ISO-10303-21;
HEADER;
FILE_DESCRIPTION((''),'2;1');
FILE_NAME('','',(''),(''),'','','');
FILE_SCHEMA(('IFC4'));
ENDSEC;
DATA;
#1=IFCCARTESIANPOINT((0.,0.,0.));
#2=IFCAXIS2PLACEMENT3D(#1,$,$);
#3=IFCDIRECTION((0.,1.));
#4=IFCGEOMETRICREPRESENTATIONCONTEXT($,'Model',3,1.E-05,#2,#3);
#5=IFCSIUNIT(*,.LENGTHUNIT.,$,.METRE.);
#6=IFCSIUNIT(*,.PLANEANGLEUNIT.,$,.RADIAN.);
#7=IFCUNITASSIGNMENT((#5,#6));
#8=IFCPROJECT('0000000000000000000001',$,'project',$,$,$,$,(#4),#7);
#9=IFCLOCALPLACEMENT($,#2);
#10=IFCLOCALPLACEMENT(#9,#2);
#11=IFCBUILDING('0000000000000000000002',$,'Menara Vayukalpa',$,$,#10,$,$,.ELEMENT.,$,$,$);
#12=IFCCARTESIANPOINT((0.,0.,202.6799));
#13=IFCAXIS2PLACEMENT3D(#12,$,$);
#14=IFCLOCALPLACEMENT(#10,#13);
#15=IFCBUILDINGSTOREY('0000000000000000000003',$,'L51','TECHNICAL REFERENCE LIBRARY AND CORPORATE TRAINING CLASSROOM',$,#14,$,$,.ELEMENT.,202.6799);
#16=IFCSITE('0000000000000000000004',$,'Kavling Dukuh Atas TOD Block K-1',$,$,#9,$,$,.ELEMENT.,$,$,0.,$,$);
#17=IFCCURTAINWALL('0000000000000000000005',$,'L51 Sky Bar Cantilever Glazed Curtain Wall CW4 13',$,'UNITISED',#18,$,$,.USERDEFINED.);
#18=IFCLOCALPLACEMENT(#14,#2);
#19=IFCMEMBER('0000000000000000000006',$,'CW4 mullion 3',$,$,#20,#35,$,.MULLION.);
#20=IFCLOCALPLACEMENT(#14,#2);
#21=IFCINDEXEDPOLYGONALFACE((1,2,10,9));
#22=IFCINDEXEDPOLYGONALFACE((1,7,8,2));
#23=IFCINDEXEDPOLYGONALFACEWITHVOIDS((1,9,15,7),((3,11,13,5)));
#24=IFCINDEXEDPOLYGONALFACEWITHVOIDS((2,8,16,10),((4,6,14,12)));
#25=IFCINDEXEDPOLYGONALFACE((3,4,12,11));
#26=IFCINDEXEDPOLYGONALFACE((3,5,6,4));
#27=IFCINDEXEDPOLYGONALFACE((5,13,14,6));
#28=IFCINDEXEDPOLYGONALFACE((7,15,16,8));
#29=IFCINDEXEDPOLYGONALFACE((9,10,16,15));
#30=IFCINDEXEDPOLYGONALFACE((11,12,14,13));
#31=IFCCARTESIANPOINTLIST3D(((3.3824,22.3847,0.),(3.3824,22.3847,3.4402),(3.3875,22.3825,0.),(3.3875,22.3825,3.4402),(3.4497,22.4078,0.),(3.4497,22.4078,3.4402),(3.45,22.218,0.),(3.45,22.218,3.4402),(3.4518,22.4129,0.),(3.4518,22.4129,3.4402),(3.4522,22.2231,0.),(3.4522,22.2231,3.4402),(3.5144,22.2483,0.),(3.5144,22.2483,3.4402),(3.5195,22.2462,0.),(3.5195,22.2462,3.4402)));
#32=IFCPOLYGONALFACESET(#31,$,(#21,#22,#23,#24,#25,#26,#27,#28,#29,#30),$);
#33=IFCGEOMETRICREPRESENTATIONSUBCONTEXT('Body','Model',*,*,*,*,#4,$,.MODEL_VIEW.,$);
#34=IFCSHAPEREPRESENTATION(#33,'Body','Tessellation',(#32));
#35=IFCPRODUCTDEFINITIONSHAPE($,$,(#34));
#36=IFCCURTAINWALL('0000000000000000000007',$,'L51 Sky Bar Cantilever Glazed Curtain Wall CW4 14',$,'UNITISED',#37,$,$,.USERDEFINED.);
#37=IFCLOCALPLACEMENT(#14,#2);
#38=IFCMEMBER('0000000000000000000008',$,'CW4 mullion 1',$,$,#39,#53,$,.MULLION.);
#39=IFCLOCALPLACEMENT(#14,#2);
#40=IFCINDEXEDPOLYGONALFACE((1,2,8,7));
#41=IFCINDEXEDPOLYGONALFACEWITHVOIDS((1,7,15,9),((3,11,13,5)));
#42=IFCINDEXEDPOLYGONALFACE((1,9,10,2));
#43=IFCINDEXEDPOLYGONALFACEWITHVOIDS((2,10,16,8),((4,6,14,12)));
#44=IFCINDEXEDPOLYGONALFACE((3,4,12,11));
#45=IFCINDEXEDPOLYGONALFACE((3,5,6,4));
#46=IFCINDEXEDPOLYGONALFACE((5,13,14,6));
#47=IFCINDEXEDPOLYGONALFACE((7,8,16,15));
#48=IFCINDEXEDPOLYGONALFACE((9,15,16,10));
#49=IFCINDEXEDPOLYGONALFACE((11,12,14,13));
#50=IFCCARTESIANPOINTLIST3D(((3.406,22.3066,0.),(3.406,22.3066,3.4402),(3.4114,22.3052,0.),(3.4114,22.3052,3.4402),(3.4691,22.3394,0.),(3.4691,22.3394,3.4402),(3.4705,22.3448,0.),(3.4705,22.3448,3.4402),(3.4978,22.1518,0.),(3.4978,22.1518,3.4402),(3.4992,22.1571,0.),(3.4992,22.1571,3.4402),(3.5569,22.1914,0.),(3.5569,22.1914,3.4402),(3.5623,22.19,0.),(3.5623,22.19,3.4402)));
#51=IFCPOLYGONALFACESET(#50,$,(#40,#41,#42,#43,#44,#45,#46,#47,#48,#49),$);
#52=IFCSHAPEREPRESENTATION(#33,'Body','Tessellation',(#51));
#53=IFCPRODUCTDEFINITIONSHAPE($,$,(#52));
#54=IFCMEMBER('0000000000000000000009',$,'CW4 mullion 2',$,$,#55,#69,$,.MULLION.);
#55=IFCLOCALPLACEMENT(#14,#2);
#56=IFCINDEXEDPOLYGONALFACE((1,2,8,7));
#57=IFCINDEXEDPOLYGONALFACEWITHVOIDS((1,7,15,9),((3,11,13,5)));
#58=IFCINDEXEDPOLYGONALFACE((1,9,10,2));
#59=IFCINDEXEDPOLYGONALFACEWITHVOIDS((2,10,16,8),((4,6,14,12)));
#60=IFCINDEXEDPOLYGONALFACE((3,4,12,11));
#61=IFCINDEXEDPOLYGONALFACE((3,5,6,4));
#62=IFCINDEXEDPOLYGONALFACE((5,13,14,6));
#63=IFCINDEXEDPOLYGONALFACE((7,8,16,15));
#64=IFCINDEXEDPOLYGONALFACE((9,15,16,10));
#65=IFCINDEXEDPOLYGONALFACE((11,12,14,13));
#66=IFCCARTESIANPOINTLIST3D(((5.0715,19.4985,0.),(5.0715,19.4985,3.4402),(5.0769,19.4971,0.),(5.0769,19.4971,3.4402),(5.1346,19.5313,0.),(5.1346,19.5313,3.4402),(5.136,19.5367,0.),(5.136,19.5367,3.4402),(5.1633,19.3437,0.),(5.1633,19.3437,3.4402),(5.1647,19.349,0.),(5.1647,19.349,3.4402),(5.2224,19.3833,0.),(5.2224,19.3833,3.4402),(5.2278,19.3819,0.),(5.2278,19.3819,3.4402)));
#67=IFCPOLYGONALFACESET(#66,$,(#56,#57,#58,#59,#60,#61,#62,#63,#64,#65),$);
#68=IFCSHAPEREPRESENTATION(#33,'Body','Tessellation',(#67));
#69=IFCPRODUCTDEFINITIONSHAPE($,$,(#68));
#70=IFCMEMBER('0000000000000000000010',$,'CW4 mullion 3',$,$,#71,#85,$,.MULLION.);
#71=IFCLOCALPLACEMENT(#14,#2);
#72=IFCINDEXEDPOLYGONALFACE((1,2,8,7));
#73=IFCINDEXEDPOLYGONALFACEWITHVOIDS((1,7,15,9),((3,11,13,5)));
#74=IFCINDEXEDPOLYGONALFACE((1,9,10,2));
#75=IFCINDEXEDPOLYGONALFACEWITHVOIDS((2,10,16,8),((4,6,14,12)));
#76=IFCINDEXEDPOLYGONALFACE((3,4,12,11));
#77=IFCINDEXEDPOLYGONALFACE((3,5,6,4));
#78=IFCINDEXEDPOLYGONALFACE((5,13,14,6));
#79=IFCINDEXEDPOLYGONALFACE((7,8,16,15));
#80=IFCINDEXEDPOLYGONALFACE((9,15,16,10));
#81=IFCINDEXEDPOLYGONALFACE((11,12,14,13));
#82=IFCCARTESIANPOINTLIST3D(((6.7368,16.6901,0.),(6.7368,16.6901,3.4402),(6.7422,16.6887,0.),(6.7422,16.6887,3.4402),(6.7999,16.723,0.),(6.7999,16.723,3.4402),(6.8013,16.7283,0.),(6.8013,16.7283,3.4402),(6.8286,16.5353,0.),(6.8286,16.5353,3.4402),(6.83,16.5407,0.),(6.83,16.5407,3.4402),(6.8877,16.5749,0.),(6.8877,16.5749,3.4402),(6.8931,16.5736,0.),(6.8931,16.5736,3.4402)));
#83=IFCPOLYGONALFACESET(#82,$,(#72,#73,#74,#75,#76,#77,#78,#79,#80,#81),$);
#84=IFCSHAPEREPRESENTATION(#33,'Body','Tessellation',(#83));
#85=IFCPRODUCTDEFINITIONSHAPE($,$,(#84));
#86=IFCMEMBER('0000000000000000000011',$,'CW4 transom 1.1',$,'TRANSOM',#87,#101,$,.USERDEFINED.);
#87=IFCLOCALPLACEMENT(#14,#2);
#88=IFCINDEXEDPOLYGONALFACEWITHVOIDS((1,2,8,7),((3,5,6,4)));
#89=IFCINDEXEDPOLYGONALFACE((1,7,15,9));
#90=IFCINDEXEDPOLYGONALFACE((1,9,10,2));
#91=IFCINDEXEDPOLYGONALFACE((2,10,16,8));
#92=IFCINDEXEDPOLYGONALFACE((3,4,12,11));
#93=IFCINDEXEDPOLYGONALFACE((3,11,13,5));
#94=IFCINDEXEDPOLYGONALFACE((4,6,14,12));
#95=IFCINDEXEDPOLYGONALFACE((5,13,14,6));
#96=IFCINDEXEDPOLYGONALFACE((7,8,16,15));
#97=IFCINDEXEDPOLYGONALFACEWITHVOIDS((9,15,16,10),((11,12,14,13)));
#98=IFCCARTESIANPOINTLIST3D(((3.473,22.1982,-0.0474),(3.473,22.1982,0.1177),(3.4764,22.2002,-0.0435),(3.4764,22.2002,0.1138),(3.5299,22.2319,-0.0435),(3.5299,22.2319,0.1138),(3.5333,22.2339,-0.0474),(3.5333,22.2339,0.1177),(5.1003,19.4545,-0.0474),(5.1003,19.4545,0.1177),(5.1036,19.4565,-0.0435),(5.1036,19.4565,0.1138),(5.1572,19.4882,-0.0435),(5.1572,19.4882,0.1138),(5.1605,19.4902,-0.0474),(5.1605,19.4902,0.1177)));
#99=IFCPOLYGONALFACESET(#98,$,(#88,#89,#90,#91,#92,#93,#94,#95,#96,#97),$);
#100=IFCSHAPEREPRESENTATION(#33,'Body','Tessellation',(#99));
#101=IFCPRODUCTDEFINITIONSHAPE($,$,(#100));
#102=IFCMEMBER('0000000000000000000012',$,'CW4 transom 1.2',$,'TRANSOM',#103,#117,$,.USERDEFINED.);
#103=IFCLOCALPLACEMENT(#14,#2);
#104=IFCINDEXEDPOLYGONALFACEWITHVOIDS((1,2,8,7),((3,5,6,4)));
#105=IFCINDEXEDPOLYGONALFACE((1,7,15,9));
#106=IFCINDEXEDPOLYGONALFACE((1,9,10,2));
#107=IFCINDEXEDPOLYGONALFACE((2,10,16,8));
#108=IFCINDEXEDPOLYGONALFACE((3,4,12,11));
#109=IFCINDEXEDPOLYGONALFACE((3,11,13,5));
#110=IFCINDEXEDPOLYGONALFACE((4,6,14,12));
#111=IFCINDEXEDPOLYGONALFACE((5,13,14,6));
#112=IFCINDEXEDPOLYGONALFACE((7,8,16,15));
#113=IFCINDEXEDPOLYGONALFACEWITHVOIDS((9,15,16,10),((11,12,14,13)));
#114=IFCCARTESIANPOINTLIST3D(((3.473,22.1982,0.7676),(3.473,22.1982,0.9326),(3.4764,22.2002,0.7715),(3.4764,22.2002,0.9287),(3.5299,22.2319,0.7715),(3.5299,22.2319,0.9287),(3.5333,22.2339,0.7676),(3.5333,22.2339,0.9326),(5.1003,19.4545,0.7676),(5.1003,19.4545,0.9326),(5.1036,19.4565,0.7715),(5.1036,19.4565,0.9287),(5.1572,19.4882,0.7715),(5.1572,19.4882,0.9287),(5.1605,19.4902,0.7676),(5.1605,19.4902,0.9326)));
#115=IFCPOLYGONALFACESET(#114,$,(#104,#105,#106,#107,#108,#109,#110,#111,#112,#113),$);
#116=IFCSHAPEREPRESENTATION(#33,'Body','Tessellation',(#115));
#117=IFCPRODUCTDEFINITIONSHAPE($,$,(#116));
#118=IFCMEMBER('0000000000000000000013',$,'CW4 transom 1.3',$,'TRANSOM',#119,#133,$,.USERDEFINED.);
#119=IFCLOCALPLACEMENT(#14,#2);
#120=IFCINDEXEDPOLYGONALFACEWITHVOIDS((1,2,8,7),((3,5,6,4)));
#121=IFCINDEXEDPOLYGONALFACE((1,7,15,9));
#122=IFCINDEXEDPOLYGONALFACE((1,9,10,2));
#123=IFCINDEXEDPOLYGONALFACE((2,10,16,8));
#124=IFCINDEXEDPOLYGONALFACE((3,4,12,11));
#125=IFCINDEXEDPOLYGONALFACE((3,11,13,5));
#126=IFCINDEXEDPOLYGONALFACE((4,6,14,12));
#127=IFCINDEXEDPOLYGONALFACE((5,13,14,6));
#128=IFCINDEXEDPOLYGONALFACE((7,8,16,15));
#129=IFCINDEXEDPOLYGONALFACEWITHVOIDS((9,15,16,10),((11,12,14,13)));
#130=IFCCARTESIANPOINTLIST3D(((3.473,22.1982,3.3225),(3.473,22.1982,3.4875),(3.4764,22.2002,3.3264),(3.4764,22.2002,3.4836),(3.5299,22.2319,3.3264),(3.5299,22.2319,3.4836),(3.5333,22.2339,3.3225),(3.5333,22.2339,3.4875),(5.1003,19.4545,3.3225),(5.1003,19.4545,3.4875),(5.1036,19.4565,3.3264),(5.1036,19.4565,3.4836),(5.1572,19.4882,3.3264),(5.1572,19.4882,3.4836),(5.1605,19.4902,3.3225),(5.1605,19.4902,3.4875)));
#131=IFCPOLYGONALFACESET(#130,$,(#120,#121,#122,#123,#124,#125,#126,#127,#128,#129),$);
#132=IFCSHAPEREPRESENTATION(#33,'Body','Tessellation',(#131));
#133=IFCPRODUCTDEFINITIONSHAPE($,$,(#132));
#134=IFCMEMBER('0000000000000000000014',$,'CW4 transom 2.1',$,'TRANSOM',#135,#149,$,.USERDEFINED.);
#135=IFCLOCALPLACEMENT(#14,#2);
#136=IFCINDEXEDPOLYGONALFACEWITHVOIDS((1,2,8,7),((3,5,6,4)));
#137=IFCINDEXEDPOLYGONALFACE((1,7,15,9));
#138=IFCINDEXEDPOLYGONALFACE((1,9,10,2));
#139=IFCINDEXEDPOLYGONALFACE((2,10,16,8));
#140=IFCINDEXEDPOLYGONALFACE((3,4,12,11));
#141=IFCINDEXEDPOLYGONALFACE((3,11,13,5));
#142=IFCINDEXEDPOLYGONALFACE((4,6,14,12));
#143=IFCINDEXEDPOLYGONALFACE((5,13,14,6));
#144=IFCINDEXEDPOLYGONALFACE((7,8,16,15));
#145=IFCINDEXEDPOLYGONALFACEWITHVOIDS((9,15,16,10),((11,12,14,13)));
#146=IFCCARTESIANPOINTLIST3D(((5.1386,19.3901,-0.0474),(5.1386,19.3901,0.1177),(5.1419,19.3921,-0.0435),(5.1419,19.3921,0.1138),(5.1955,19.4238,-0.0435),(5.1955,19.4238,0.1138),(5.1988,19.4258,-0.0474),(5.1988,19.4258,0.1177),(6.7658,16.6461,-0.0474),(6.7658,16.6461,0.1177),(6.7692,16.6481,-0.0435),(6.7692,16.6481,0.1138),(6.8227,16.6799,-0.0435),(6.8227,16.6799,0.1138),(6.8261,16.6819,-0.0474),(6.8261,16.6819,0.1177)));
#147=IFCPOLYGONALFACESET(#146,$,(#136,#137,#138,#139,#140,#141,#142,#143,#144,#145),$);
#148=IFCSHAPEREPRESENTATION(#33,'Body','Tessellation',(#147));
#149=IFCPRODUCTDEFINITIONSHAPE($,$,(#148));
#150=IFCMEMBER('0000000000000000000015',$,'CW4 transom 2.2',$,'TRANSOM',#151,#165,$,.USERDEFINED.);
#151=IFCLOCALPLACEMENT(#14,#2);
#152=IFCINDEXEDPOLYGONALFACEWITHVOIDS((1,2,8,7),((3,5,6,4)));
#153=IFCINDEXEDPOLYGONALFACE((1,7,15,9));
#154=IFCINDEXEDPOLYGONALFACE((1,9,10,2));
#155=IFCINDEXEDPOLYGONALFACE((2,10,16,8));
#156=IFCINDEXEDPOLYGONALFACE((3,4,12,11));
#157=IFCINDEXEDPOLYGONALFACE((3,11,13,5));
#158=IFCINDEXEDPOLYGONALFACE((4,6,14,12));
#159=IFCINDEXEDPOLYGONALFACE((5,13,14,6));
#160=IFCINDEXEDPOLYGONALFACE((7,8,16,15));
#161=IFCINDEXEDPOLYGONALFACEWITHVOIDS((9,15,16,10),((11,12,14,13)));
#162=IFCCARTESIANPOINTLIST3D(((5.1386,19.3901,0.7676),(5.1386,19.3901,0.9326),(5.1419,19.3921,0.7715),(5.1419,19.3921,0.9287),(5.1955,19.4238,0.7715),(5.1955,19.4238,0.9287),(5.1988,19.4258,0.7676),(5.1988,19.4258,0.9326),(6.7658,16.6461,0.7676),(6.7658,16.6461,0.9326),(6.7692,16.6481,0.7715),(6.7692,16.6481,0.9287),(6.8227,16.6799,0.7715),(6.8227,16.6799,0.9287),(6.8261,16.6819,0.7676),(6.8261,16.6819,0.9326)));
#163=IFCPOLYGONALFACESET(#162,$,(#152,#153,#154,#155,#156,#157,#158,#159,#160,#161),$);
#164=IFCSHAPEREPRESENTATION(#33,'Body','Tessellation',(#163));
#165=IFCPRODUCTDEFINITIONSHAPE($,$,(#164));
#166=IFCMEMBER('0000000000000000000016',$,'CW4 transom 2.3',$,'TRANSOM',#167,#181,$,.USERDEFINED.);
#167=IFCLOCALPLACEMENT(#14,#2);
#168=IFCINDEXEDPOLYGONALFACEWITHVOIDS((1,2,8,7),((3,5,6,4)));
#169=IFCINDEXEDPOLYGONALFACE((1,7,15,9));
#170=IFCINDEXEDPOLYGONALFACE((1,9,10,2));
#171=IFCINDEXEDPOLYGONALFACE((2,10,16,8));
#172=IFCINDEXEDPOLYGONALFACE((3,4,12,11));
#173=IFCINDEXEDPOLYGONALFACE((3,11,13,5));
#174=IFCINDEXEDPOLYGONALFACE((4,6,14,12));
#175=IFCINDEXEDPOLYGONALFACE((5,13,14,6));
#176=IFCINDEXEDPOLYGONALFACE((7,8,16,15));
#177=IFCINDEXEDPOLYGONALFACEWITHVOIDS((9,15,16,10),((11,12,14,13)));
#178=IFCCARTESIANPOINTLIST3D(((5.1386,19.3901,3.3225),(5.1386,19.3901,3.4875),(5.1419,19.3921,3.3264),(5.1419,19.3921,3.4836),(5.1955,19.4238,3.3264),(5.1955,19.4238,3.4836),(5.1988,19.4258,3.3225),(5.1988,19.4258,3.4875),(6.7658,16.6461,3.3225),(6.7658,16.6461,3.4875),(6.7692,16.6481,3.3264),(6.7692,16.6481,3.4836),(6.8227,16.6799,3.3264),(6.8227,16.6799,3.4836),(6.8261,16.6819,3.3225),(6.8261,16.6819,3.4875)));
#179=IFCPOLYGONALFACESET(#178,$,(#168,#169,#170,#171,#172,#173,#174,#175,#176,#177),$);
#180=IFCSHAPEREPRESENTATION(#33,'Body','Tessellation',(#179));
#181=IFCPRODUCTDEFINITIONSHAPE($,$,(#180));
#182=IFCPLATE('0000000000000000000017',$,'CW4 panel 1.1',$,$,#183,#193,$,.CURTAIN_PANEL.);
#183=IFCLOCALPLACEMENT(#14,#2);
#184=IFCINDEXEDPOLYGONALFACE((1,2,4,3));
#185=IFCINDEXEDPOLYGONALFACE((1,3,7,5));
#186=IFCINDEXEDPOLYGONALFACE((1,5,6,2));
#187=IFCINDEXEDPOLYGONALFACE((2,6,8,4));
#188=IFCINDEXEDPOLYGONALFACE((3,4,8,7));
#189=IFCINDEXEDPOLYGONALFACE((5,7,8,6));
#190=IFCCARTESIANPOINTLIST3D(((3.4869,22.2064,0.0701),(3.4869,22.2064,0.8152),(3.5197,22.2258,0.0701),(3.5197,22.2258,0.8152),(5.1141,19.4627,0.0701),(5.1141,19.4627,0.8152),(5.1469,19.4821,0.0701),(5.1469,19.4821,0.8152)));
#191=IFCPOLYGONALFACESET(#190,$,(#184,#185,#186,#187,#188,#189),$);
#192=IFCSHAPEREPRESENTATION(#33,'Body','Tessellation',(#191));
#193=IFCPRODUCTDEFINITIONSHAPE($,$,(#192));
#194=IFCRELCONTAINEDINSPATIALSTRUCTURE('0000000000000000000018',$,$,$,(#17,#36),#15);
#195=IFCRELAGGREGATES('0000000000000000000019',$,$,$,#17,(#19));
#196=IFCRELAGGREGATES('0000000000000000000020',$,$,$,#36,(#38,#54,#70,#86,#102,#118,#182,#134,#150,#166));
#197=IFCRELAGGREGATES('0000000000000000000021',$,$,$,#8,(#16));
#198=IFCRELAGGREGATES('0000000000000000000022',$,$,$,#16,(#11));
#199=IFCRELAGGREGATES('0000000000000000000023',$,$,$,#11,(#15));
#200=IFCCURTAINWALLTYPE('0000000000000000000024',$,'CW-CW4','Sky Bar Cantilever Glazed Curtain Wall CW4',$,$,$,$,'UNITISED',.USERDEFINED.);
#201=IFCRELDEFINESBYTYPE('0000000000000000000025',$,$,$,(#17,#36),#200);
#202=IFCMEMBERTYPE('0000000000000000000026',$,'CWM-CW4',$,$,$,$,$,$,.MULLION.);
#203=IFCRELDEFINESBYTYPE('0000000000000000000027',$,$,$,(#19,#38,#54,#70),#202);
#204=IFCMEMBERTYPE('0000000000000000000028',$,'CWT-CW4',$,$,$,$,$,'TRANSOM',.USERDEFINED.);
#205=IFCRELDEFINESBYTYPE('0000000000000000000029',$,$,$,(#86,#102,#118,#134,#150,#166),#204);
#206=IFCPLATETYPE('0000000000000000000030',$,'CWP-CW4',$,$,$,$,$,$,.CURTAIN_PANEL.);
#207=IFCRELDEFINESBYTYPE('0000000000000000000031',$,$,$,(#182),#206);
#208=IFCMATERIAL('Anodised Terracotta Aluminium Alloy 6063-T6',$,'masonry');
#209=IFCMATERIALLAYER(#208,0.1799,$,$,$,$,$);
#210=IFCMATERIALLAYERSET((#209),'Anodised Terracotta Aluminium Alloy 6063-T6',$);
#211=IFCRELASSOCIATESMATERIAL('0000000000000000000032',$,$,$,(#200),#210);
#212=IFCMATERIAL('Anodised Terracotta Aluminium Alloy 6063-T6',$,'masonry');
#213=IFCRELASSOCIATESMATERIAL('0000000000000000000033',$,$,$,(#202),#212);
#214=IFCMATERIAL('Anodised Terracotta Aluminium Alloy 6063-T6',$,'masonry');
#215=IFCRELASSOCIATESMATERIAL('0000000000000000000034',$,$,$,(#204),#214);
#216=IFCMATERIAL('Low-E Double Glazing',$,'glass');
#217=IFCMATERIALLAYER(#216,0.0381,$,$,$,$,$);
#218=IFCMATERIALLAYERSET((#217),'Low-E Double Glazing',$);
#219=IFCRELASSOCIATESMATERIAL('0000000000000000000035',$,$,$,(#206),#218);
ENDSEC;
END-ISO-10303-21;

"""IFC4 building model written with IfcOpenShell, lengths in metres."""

from ifc_helpers import new_model, si_unit, direction, frame, origin, origin_2d, place, context, subcontext, project, spatial, rectangle, hollow_rectangle, extrude, material, layer, layer_set, material_profile, profile_set, type_object, element, aggregate, save


model = new_model("IFC4")

# Units and contexts
model_context = context("Model", 3, precision=1e-05, world=origin(), true_north=direction((0.0, 1.0)))
body_context = subcontext(model_context, "Body", "Model", "MODEL_VIEW")
ifc_project = project(units=[si_unit("LENGTHUNIT", "METRE"), si_unit("PLANEANGLEUNIT", "RADIAN")], contexts=[model_context])

# Site, building, storey
site_placement = place(None, origin())
site = spatial("IfcSite", under=ifc_project, at=site_placement, Name="Kavling Dukuh Atas TOD Block K-1", CompositionType="ELEMENT", RefElevation=0.0)
building_placement = place(site_placement, origin())
building = spatial("IfcBuilding", under=site, at=building_placement, Name="Menara Vayukalpa", CompositionType="ELEMENT")
storey_placement = place(building_placement, frame((0.0, 0.0, 202.6799)))
storey = spatial("IfcBuildingStorey", under=building, at=storey_placement, Name="L51", Description="TECHNICAL REFERENCE LIBRARY AND CORPORATE TRAINING CLASSROOM", CompositionType="ELEMENT", Elevation=202.6799)

# Curtain wall, member
ifc_material_1 = material(Name="Anodised Terracotta Aluminium Alloy 6063-T6", Category="masonry")
ifc_layer_1 = layer(ifc_material_1, 0.1799)
ifc_layer_set_1 = layer_set([ifc_layer_1], Name="Anodised Terracotta Aluminium Alloy 6063-T6")
curtain_wall_type = type_object("IfcCurtainWallType", Name="CW-CW4", Description="Sky Bar Cantilever Glazed Curtain Wall CW4", ElementType="UNITISED", PredefinedType="USERDEFINED", material=ifc_layer_set_1)
curtain_wall_1_placement = place(storey_placement, origin())
curtain_wall_1 = element("IfcCurtainWall", 1, at=curtain_wall_1_placement, inside=storey, type_object=curtain_wall_type, Name="L51 Sky Bar Cantilever Glazed Curtain Wall CW4 13", ObjectType="UNITISED", PredefinedType="USERDEFINED")
ifc_material_2 = material(Name="Anodised Terracotta Aluminium Alloy 6063-T6", Category="masonry")
ifc_material_profile_1 = material_profile(ifc_material_2, hollow_rectangle(XDim=0.075, YDim=0.1799, WallThickness=0.0039, at=origin_2d()), Name="ALU 75x180x4")
ifc_profile_set_1 = profile_set([ifc_material_profile_1], Name="Anodised Terracotta Aluminium Alloy 6063-T6")
member_type_1 = type_object("IfcMemberType", Name="CWM-CW4", PredefinedType="MULLION", material=ifc_profile_set_1)
member_1_placement = place(storey_placement, frame((3.4509, 22.3154, 0.0), z_axis=(0.0, 0.0, 1.0), x_axis=(0.926582, 0.376092, 0.0)))
member_1 = element("IfcMember", 2, at=member_1_placement, type_object=member_type_1, Name="CW4 mullion 3", PredefinedType="MULLION", context=body_context, shape_type="SweptSolid", body=[
    extrude(hollow_rectangle(XDim=0.075, YDim=0.1799, WallThickness=0.0039, at=origin_2d()), origin(), (0.0, 0.0, 1.0), 3.4402),
])
aggregate(curtain_wall_1, [member_1])

# Curtain wall, members, plate
curtain_wall_2_placement = place(storey_placement, origin())
curtain_wall_2 = element("IfcCurtainWall", 3, at=curtain_wall_2_placement, inside=storey, type_object=curtain_wall_type, Name="L51 Sky Bar Cantilever Glazed Curtain Wall CW4 14", ObjectType="UNITISED", PredefinedType="USERDEFINED")
member_2_placement = place(storey_placement, frame((3.4841, 22.2483, 0.0), z_axis=(0.0, 0.0, 1.0), x_axis=(0.86012, 0.510092, 0.0)))
member_2 = element("IfcMember", 4, at=member_2_placement, type_object=member_type_1, Name="CW4 mullion 1", PredefinedType="MULLION", context=body_context, shape_type="SweptSolid", body=[
    extrude(hollow_rectangle(XDim=0.075, YDim=0.1799, WallThickness=0.0039, at=origin_2d()), origin(), (0.0, 0.0, 1.0), 3.4402),
])
member_3_placement = place(storey_placement, frame((5.1497, 19.4402, 0.0), z_axis=(0.0, 0.0, 1.0), x_axis=(0.86012, 0.510092, 0.0)))
member_3 = element("IfcMember", 5, at=member_3_placement, type_object=member_type_1, Name="CW4 mullion 2", PredefinedType="MULLION", context=body_context, shape_type="SweptSolid", body=[
    extrude(hollow_rectangle(XDim=0.075, YDim=0.1799, WallThickness=0.0039, at=origin_2d()), origin(), (0.0, 0.0, 1.0), 3.4402),
])
member_4_placement = place(storey_placement, frame((6.8149, 16.6318, 0.0), z_axis=(0.0, 0.0, 1.0), x_axis=(0.86012, 0.510092, 0.0)))
member_4 = element("IfcMember", 6, at=member_4_placement, type_object=member_type_1, Name="CW4 mullion 3", PredefinedType="MULLION", context=body_context, shape_type="SweptSolid", body=[
    extrude(hollow_rectangle(XDim=0.075, YDim=0.1799, WallThickness=0.0039, at=origin_2d()), origin(), (0.0, 0.0, 1.0), 3.4402),
])
ifc_material_3 = material(Name="Anodised Terracotta Aluminium Alloy 6063-T6", Category="masonry")
ifc_material_profile_2 = material_profile(ifc_material_3, hollow_rectangle(XDim=0.0701, YDim=0.165, WallThickness=0.0039, at=origin_2d()), Name="ALU 70x165x4")
ifc_profile_set_2 = profile_set([ifc_material_profile_2], Name="Anodised Terracotta Aluminium Alloy 6063-T6")
member_type_2 = type_object("IfcMemberType", Name="CWT-CW4", ElementType="TRANSOM", PredefinedType="USERDEFINED", material=ifc_profile_set_2)
member_5_placement = place(storey_placement, frame((3.5032, 22.2161, 0.0352), z_axis=(0.510111, -0.860109, 0.0), x_axis=(0.860109, 0.510111, 0.0)))
member_5 = element("IfcMember", 7, at=member_5_placement, type_object=member_type_2, Name="CW4 transom 1.1", ObjectType="TRANSOM", PredefinedType="USERDEFINED", context=body_context, shape_type="SweptSolid", body=[
    extrude(hollow_rectangle(XDim=0.0701, YDim=0.165, WallThickness=0.0039, at=origin_2d()), origin(), (0.0, 0.0, 1.0), 3.1899),
])
member_6_placement = place(storey_placement, frame((3.5032, 22.2161, 0.8501), z_axis=(0.510111, -0.860109, 0.0), x_axis=(0.860109, 0.510111, 0.0)))
member_6 = element("IfcMember", 8, at=member_6_placement, type_object=member_type_2, Name="CW4 transom 1.2", ObjectType="TRANSOM", PredefinedType="USERDEFINED", context=body_context, shape_type="SweptSolid", body=[
    extrude(hollow_rectangle(XDim=0.0701, YDim=0.165, WallThickness=0.0039, at=origin_2d()), origin(), (0.0, 0.0, 1.0), 3.1899),
])
member_7_placement = place(storey_placement, frame((3.5032, 22.2161, 3.405), z_axis=(0.510111, -0.860109, 0.0), x_axis=(0.860109, 0.510111, 0.0)))
member_7 = element("IfcMember", 9, at=member_7_placement, type_object=member_type_2, Name="CW4 transom 1.3", ObjectType="TRANSOM", PredefinedType="USERDEFINED", context=body_context, shape_type="SweptSolid", body=[
    extrude(hollow_rectangle(XDim=0.0701, YDim=0.165, WallThickness=0.0039, at=origin_2d()), origin(), (0.0, 0.0, 1.0), 3.1899),
])
member_8_placement = place(storey_placement, frame((5.1687, 19.408, 0.0352), z_axis=(0.510077, -0.860129, 0.0), x_axis=(0.860129, 0.510077, 0.0)))
member_8 = element("IfcMember", 10, at=member_8_placement, type_object=member_type_2, Name="CW4 transom 2.1", ObjectType="TRANSOM", PredefinedType="USERDEFINED", context=body_context, shape_type="SweptSolid", body=[
    extrude(hollow_rectangle(XDim=0.0701, YDim=0.165, WallThickness=0.0039, at=origin_2d()), origin(), (0.0, 0.0, 1.0), 3.1902),
])
member_9_placement = place(storey_placement, frame((5.1687, 19.408, 0.8501), z_axis=(0.510077, -0.860129, 0.0), x_axis=(0.860129, 0.510077, 0.0)))
member_9 = element("IfcMember", 11, at=member_9_placement, type_object=member_type_2, Name="CW4 transom 2.2", ObjectType="TRANSOM", PredefinedType="USERDEFINED", context=body_context, shape_type="SweptSolid", body=[
    extrude(hollow_rectangle(XDim=0.0701, YDim=0.165, WallThickness=0.0039, at=origin_2d()), origin(), (0.0, 0.0, 1.0), 3.1902),
])
member_10_placement = place(storey_placement, frame((5.1687, 19.408, 3.405), z_axis=(0.510077, -0.860129, 0.0), x_axis=(0.860129, 0.510077, 0.0)))
member_10 = element("IfcMember", 12, at=member_10_placement, type_object=member_type_2, Name="CW4 transom 2.3", ObjectType="TRANSOM", PredefinedType="USERDEFINED", context=body_context, shape_type="SweptSolid", body=[
    extrude(hollow_rectangle(XDim=0.0701, YDim=0.165, WallThickness=0.0039, at=origin_2d()), origin(), (0.0, 0.0, 1.0), 3.1902),
])
ifc_material_4 = material(Name="Low-E Double Glazing", Category="glass")
ifc_layer_2 = layer(ifc_material_4, 0.0381)
ifc_layer_set_2 = layer_set([ifc_layer_2], Name="Low-E Double Glazing")
plate_type = type_object("IfcPlateType", Name="CWP-CW4", PredefinedType="CURTAIN_PANEL", material=ifc_layer_set_2)
plate_1_placement = place(storey_placement, frame((4.3169, 20.8442, 0.0701), z_axis=(0.0, 0.0, 1.0), x_axis=(0.510092, -0.86012, 0.0)))
plate_1 = element("IfcPlate", 13, at=plate_1_placement, type_object=plate_type, Name="CW4 panel 1.1", PredefinedType="CURTAIN_PANEL", context=body_context, shape_type="SweptSolid", body=[
    extrude(rectangle(XDim=3.1899, YDim=0.0381, at=origin_2d()), origin(), (0.0, 0.0, 1.0), 0.7451),
])
aggregate(curtain_wall_2, [member_2, member_3, member_4, member_5, member_6, member_7, plate_1, member_8, member_9, member_10])

save(model, "model.ifc")
